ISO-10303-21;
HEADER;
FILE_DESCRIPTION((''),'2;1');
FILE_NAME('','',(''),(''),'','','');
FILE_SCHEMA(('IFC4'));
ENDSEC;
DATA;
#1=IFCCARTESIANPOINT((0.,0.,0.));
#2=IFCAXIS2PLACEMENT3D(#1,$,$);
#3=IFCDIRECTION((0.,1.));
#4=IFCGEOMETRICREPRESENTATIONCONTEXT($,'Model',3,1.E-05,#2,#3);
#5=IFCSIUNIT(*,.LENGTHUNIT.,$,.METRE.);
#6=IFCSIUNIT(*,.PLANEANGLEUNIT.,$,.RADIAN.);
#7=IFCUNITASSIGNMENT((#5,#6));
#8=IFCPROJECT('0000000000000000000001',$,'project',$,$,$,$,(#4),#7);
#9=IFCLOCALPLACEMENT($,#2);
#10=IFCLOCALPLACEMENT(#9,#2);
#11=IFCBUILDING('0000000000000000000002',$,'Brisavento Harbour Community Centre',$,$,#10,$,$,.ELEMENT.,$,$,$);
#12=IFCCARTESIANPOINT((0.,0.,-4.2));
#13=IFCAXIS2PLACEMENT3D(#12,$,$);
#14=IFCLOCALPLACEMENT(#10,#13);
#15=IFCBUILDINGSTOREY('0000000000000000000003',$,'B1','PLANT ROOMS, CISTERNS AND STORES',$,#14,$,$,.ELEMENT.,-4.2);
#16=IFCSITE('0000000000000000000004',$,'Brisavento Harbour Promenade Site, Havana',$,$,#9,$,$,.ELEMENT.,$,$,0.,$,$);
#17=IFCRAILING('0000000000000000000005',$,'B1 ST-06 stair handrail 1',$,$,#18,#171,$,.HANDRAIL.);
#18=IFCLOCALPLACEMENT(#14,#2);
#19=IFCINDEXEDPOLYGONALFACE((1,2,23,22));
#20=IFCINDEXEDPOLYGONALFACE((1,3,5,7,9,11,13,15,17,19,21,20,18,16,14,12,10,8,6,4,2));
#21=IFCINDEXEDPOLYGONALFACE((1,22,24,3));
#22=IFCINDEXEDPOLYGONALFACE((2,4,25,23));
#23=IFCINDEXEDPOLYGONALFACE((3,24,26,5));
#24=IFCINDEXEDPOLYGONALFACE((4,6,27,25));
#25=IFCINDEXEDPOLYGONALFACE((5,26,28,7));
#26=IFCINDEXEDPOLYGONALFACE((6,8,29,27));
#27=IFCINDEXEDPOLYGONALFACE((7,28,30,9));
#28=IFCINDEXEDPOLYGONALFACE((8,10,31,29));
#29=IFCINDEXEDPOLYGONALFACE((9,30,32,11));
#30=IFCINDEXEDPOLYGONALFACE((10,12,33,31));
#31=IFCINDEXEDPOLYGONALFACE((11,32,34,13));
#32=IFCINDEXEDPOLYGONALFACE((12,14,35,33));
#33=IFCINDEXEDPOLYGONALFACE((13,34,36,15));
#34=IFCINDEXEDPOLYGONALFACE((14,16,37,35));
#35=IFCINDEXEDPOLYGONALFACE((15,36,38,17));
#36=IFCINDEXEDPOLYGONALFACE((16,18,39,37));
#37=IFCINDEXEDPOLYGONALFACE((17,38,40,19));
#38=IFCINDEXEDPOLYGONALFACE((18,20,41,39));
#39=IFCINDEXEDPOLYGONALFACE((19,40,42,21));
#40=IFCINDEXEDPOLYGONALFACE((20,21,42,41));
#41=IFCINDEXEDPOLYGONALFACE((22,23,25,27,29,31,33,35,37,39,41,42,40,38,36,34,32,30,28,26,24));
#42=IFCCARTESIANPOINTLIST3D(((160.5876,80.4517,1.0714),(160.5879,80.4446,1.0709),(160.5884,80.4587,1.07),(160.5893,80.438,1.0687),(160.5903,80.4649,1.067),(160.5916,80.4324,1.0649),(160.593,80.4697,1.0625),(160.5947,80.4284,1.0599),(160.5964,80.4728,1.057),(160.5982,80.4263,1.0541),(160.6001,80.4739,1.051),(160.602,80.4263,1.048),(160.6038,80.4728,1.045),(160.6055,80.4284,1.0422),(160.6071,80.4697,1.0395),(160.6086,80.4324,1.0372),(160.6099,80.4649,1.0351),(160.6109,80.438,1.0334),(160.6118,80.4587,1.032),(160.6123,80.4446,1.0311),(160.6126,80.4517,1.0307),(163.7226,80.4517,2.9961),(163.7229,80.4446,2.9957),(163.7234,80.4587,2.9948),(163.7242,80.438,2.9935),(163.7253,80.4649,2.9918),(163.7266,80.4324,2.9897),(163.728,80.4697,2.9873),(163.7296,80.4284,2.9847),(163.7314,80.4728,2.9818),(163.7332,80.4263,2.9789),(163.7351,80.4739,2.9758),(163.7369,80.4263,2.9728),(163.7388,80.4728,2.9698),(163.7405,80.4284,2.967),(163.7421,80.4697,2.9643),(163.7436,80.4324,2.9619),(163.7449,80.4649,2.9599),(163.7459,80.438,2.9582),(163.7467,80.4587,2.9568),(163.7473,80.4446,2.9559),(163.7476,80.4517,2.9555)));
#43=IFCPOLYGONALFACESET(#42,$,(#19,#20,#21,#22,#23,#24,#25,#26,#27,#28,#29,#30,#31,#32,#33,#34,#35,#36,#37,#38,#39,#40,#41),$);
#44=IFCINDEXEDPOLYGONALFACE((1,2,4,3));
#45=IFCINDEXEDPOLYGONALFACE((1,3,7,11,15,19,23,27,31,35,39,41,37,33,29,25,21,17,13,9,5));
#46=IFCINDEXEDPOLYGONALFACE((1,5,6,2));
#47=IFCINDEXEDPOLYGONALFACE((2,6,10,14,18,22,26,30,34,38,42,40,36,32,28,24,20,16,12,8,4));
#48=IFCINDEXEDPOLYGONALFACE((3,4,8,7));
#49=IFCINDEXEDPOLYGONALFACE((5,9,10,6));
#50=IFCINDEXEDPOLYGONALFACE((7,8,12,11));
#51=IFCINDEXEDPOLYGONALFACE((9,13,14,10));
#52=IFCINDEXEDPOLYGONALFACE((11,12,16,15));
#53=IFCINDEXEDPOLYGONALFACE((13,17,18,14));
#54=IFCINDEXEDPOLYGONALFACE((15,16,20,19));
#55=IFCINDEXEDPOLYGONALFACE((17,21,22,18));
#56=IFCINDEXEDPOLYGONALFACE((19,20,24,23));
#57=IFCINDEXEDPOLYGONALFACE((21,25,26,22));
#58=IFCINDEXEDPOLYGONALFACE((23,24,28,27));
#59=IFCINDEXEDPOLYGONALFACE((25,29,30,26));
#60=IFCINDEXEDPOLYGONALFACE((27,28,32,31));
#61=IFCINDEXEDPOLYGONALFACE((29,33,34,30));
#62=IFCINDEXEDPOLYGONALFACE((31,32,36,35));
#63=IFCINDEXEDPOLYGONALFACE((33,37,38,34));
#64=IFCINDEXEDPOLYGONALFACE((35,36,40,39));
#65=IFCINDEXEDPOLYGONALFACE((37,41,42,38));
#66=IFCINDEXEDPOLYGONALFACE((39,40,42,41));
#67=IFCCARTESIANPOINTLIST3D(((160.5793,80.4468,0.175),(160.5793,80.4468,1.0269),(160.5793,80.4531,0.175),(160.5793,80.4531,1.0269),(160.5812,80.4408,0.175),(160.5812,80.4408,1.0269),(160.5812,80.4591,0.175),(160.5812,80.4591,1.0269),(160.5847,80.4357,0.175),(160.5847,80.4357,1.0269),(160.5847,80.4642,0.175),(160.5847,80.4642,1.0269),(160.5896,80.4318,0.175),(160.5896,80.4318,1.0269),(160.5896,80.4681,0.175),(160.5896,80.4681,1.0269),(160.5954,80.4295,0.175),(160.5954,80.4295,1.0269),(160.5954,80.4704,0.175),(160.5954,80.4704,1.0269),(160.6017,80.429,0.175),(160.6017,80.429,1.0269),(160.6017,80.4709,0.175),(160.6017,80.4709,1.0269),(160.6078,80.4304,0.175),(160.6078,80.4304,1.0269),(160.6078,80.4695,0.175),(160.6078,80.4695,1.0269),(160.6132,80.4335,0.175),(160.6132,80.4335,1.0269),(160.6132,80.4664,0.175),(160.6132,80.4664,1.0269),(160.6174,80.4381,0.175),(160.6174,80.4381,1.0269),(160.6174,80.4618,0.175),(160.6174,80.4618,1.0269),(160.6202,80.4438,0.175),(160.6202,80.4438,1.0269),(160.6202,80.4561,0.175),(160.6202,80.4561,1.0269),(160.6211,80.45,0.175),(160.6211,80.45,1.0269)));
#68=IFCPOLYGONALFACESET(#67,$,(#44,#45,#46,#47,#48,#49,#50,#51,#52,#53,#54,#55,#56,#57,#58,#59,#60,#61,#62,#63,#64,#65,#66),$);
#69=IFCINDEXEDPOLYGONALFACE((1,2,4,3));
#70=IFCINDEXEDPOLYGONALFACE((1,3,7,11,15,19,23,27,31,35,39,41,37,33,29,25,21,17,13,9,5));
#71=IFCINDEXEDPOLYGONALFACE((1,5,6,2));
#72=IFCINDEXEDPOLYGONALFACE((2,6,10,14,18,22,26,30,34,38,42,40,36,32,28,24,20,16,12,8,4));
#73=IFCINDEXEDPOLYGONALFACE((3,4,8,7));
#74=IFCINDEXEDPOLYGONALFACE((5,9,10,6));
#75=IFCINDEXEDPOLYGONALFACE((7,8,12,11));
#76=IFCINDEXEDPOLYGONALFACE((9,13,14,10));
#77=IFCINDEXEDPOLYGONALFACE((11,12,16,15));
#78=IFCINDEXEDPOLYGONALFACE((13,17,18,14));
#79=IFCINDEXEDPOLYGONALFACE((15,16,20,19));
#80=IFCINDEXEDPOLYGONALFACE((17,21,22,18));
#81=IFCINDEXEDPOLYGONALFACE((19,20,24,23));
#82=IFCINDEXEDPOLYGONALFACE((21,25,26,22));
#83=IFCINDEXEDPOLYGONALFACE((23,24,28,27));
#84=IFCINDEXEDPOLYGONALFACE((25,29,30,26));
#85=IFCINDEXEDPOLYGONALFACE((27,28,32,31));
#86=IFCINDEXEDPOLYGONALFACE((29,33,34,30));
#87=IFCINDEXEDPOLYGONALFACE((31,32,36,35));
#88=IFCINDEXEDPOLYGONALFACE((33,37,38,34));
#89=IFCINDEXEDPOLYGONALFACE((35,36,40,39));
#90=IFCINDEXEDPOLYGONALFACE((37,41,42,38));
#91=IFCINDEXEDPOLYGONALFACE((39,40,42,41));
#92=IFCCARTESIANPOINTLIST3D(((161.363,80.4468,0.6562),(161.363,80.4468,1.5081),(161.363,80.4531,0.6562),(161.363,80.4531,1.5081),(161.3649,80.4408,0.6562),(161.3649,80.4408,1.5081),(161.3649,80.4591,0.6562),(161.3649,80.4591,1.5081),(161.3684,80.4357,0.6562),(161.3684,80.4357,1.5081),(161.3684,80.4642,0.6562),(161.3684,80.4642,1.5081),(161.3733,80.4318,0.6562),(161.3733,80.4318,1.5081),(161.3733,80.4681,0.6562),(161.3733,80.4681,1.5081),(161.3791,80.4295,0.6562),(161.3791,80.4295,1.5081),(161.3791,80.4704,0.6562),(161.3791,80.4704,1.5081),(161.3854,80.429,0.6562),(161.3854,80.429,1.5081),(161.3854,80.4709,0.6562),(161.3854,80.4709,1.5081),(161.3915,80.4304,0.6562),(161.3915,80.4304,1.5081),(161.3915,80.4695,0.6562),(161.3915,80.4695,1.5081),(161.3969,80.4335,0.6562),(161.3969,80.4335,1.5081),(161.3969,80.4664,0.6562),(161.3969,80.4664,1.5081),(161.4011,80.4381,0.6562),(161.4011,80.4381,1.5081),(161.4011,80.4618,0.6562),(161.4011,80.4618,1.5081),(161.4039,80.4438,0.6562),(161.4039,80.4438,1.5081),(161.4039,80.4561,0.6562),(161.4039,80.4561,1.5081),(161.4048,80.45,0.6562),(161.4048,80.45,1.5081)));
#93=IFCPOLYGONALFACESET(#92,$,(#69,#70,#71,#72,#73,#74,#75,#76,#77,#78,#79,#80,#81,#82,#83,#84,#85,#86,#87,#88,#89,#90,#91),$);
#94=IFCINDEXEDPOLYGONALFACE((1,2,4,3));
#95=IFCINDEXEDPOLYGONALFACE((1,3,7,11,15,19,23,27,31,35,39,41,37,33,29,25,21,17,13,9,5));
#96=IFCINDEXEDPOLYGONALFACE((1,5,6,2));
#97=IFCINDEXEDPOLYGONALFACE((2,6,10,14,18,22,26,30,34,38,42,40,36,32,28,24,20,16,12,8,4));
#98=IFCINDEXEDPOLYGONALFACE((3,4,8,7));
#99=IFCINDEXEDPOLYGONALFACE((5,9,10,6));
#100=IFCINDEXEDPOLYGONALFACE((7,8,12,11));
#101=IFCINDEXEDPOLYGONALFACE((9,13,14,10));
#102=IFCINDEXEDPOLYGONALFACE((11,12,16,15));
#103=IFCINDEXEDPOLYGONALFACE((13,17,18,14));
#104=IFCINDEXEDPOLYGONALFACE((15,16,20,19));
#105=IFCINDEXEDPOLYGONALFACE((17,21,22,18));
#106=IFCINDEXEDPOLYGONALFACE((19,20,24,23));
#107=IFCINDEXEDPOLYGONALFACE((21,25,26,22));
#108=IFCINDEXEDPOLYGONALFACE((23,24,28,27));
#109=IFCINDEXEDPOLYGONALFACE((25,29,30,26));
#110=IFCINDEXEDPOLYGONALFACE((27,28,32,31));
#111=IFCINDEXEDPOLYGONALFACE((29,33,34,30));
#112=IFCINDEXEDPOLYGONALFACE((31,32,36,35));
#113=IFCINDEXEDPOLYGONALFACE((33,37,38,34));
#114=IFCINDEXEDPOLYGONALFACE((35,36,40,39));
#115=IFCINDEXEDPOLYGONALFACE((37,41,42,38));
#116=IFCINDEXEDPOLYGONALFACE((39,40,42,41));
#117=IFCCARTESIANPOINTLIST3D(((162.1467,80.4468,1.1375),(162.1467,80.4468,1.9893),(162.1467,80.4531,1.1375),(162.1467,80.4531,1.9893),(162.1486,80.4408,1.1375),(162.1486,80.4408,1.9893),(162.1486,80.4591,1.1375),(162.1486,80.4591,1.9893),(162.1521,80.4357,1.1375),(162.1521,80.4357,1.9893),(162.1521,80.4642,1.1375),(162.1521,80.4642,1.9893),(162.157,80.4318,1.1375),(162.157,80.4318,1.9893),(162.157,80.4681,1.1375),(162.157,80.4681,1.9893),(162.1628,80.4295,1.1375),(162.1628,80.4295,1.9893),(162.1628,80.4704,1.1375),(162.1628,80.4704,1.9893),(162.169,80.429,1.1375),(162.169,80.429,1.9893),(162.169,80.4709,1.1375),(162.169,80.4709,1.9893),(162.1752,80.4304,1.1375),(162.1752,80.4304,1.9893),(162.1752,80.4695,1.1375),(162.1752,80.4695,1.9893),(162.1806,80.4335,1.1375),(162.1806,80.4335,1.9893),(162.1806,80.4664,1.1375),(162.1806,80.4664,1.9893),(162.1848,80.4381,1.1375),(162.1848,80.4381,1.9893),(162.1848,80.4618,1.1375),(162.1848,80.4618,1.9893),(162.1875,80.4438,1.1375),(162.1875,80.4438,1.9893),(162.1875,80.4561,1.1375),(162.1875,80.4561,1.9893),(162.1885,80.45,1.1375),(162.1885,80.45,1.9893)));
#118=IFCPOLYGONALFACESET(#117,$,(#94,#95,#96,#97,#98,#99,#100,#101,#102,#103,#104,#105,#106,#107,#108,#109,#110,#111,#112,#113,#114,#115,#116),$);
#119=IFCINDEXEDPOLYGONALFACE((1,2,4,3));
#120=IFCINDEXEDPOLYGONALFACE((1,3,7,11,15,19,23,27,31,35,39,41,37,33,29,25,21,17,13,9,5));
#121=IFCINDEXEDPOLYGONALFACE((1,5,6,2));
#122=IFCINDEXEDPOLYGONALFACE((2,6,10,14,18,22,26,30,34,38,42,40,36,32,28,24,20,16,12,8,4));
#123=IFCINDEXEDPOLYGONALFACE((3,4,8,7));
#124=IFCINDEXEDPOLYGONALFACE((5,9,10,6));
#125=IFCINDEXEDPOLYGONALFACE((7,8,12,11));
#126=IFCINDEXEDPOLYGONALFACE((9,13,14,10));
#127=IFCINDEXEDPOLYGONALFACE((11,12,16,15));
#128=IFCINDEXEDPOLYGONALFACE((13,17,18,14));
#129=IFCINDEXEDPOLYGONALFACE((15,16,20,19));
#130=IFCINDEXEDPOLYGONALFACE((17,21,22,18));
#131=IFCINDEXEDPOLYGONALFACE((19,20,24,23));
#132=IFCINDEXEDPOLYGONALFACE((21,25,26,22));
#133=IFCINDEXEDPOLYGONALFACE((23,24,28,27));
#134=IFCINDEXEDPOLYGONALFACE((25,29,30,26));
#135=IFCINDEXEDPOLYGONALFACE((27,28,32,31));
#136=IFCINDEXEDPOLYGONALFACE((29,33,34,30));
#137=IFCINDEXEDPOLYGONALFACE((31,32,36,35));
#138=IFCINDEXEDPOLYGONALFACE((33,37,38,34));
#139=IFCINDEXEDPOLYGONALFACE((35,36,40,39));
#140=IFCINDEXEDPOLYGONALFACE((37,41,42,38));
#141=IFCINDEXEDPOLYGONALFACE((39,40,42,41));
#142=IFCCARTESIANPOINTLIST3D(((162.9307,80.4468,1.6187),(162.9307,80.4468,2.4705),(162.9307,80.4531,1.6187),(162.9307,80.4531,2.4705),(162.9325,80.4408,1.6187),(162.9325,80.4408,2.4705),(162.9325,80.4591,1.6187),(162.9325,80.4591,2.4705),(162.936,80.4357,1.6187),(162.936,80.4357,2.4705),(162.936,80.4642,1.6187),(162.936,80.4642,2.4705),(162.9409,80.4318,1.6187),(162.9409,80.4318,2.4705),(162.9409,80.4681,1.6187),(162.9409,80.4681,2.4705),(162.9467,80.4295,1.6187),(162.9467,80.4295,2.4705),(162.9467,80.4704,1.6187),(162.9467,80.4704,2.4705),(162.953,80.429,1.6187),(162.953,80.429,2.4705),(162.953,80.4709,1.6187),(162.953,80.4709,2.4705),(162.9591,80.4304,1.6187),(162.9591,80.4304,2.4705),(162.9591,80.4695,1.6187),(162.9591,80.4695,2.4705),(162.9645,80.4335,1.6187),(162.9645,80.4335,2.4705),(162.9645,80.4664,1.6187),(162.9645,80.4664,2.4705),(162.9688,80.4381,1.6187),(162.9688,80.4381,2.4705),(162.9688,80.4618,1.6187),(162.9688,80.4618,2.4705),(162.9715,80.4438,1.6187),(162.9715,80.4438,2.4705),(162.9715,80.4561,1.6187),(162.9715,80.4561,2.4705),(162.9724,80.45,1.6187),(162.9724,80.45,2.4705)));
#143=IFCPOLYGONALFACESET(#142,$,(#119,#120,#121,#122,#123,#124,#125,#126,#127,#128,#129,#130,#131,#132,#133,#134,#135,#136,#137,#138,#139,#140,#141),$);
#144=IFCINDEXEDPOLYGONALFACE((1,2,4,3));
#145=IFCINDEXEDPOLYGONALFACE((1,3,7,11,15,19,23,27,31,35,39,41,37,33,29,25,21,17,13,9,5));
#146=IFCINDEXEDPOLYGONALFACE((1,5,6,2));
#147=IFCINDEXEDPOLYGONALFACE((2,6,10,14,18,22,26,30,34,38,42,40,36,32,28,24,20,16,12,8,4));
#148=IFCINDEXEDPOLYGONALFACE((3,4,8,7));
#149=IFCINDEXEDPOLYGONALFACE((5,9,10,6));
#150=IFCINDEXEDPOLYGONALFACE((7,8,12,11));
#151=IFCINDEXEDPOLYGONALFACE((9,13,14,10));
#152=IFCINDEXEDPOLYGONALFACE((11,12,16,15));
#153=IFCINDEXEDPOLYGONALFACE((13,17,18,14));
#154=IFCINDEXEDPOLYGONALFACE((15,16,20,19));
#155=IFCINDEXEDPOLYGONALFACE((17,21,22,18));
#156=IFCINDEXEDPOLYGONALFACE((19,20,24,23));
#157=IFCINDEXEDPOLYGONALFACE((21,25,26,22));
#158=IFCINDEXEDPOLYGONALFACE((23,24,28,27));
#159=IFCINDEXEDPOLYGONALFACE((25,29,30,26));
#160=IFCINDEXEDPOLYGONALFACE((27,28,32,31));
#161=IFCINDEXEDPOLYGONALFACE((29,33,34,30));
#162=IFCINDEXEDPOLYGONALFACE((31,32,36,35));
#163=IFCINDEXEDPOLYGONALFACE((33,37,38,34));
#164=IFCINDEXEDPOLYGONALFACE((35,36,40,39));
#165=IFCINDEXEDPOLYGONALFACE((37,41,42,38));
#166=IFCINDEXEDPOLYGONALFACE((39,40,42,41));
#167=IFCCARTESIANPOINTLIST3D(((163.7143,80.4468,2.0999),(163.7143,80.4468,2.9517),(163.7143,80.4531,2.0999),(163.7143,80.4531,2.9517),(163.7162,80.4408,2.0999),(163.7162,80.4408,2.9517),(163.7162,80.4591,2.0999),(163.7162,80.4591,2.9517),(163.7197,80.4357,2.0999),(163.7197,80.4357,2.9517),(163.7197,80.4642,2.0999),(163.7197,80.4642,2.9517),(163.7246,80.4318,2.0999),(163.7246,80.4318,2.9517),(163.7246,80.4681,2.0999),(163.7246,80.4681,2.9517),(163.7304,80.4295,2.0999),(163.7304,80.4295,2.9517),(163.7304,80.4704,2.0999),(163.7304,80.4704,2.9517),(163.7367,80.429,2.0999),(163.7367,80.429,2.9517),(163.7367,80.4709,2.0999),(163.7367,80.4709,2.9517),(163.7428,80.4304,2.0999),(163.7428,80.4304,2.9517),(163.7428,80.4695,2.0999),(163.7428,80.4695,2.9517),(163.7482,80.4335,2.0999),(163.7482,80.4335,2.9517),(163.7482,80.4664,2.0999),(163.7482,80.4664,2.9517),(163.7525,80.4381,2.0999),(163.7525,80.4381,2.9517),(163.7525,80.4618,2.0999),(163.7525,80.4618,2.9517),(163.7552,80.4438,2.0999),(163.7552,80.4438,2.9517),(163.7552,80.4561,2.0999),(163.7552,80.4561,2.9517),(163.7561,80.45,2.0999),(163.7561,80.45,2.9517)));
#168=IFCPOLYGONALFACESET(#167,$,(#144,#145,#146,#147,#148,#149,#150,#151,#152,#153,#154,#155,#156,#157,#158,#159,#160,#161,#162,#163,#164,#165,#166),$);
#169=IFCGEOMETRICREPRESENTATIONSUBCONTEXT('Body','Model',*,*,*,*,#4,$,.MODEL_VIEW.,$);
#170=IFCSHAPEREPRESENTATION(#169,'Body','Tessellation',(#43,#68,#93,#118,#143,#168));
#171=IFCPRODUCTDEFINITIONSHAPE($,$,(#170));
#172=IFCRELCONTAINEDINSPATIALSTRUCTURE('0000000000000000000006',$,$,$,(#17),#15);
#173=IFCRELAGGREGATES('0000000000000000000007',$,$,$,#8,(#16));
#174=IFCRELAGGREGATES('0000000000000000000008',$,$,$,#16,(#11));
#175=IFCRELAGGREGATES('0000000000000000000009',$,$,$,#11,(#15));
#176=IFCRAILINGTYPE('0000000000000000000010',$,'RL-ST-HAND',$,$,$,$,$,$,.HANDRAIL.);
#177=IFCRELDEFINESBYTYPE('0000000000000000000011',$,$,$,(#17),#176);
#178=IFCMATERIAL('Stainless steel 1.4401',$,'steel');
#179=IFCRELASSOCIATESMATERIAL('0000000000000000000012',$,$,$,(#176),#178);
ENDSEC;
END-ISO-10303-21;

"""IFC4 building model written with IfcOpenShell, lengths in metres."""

from ifc_helpers import new_model, si_unit, direction, frame, origin, origin_2d, place, context, subcontext, project, spatial, circle, extrude, material, type_object, element, save


model = new_model("IFC4")

# Units and contexts
model_context = context("Model", 3, precision=1e-05, world=origin(), true_north=direction((0.0, 1.0)))
body_context = subcontext(model_context, "Body", "Model", "MODEL_VIEW")
ifc_project = project(units=[si_unit("LENGTHUNIT", "METRE"), si_unit("PLANEANGLEUNIT", "RADIAN")], contexts=[model_context])

# Site, building, storey
site_placement = place(None, origin())
site = spatial("IfcSite", under=ifc_project, at=site_placement, Name="Brisavento Harbour Promenade Site, Havana", CompositionType="ELEMENT", RefElevation=0.0)
building_placement = place(site_placement, origin())
building = spatial("IfcBuilding", under=site, at=building_placement, Name="Brisavento Harbour Community Centre", CompositionType="ELEMENT")
storey_placement = place(building_placement, frame((0.0, 0.0, -4.2)))
storey = spatial("IfcBuildingStorey", under=building, at=storey_placement, Name="B1", Description="PLANT ROOMS, CISTERNS AND STORES", CompositionType="ELEMENT", Elevation=-4.2)

# Railing
ifc_material_1 = material(Name="Stainless steel 1.4401", Category="steel")
railing_type_1 = type_object("IfcRailingType", Name="RL-ST-HAND", PredefinedType="HANDRAIL", material=ifc_material_1)
railing_1_placement = place(storey_placement, frame((160.6001, 80.45, 0.175)))
element("IfcRailing", 1, at=railing_1_placement, inside=storey, type_object=railing_type_1, Name="B1 ST-06 stair handrail 1", PredefinedType="HANDRAIL", context=body_context, shape_type="SweptSolid", body=[
    extrude(circle(Radius=0.0239, at=origin_2d()), frame((0.0, 0.0, 0.876), z_axis=(0.852196, 0.0, 0.523223), x_axis=(0.0, 1.0, 0.0)), (0.0, 0.0, 1.0), 3.6787),
    extrude(circle(Radius=0.021, at=origin_2d()), origin(), (0.0, 0.0, 1.0), 0.8518),
    extrude(circle(Radius=0.021, at=origin_2d()), frame((0.7837, 0.0, 0.4812)), (0.0, 0.0, 1.0), 0.8518),
    extrude(circle(Radius=0.021, at=origin_2d()), frame((1.5674, 0.0, 0.9624)), (0.0, 0.0, 1.0), 0.8518),
    extrude(circle(Radius=0.021, at=origin_2d()), frame((2.3513, 0.0, 1.4436)), (0.0, 0.0, 1.0), 0.8518),
    extrude(circle(Radius=0.021, at=origin_2d()), frame((3.135, 0.0, 1.9248)), (0.0, 0.0, 1.0), 0.8518),
])

save(model, "model.ifc")
